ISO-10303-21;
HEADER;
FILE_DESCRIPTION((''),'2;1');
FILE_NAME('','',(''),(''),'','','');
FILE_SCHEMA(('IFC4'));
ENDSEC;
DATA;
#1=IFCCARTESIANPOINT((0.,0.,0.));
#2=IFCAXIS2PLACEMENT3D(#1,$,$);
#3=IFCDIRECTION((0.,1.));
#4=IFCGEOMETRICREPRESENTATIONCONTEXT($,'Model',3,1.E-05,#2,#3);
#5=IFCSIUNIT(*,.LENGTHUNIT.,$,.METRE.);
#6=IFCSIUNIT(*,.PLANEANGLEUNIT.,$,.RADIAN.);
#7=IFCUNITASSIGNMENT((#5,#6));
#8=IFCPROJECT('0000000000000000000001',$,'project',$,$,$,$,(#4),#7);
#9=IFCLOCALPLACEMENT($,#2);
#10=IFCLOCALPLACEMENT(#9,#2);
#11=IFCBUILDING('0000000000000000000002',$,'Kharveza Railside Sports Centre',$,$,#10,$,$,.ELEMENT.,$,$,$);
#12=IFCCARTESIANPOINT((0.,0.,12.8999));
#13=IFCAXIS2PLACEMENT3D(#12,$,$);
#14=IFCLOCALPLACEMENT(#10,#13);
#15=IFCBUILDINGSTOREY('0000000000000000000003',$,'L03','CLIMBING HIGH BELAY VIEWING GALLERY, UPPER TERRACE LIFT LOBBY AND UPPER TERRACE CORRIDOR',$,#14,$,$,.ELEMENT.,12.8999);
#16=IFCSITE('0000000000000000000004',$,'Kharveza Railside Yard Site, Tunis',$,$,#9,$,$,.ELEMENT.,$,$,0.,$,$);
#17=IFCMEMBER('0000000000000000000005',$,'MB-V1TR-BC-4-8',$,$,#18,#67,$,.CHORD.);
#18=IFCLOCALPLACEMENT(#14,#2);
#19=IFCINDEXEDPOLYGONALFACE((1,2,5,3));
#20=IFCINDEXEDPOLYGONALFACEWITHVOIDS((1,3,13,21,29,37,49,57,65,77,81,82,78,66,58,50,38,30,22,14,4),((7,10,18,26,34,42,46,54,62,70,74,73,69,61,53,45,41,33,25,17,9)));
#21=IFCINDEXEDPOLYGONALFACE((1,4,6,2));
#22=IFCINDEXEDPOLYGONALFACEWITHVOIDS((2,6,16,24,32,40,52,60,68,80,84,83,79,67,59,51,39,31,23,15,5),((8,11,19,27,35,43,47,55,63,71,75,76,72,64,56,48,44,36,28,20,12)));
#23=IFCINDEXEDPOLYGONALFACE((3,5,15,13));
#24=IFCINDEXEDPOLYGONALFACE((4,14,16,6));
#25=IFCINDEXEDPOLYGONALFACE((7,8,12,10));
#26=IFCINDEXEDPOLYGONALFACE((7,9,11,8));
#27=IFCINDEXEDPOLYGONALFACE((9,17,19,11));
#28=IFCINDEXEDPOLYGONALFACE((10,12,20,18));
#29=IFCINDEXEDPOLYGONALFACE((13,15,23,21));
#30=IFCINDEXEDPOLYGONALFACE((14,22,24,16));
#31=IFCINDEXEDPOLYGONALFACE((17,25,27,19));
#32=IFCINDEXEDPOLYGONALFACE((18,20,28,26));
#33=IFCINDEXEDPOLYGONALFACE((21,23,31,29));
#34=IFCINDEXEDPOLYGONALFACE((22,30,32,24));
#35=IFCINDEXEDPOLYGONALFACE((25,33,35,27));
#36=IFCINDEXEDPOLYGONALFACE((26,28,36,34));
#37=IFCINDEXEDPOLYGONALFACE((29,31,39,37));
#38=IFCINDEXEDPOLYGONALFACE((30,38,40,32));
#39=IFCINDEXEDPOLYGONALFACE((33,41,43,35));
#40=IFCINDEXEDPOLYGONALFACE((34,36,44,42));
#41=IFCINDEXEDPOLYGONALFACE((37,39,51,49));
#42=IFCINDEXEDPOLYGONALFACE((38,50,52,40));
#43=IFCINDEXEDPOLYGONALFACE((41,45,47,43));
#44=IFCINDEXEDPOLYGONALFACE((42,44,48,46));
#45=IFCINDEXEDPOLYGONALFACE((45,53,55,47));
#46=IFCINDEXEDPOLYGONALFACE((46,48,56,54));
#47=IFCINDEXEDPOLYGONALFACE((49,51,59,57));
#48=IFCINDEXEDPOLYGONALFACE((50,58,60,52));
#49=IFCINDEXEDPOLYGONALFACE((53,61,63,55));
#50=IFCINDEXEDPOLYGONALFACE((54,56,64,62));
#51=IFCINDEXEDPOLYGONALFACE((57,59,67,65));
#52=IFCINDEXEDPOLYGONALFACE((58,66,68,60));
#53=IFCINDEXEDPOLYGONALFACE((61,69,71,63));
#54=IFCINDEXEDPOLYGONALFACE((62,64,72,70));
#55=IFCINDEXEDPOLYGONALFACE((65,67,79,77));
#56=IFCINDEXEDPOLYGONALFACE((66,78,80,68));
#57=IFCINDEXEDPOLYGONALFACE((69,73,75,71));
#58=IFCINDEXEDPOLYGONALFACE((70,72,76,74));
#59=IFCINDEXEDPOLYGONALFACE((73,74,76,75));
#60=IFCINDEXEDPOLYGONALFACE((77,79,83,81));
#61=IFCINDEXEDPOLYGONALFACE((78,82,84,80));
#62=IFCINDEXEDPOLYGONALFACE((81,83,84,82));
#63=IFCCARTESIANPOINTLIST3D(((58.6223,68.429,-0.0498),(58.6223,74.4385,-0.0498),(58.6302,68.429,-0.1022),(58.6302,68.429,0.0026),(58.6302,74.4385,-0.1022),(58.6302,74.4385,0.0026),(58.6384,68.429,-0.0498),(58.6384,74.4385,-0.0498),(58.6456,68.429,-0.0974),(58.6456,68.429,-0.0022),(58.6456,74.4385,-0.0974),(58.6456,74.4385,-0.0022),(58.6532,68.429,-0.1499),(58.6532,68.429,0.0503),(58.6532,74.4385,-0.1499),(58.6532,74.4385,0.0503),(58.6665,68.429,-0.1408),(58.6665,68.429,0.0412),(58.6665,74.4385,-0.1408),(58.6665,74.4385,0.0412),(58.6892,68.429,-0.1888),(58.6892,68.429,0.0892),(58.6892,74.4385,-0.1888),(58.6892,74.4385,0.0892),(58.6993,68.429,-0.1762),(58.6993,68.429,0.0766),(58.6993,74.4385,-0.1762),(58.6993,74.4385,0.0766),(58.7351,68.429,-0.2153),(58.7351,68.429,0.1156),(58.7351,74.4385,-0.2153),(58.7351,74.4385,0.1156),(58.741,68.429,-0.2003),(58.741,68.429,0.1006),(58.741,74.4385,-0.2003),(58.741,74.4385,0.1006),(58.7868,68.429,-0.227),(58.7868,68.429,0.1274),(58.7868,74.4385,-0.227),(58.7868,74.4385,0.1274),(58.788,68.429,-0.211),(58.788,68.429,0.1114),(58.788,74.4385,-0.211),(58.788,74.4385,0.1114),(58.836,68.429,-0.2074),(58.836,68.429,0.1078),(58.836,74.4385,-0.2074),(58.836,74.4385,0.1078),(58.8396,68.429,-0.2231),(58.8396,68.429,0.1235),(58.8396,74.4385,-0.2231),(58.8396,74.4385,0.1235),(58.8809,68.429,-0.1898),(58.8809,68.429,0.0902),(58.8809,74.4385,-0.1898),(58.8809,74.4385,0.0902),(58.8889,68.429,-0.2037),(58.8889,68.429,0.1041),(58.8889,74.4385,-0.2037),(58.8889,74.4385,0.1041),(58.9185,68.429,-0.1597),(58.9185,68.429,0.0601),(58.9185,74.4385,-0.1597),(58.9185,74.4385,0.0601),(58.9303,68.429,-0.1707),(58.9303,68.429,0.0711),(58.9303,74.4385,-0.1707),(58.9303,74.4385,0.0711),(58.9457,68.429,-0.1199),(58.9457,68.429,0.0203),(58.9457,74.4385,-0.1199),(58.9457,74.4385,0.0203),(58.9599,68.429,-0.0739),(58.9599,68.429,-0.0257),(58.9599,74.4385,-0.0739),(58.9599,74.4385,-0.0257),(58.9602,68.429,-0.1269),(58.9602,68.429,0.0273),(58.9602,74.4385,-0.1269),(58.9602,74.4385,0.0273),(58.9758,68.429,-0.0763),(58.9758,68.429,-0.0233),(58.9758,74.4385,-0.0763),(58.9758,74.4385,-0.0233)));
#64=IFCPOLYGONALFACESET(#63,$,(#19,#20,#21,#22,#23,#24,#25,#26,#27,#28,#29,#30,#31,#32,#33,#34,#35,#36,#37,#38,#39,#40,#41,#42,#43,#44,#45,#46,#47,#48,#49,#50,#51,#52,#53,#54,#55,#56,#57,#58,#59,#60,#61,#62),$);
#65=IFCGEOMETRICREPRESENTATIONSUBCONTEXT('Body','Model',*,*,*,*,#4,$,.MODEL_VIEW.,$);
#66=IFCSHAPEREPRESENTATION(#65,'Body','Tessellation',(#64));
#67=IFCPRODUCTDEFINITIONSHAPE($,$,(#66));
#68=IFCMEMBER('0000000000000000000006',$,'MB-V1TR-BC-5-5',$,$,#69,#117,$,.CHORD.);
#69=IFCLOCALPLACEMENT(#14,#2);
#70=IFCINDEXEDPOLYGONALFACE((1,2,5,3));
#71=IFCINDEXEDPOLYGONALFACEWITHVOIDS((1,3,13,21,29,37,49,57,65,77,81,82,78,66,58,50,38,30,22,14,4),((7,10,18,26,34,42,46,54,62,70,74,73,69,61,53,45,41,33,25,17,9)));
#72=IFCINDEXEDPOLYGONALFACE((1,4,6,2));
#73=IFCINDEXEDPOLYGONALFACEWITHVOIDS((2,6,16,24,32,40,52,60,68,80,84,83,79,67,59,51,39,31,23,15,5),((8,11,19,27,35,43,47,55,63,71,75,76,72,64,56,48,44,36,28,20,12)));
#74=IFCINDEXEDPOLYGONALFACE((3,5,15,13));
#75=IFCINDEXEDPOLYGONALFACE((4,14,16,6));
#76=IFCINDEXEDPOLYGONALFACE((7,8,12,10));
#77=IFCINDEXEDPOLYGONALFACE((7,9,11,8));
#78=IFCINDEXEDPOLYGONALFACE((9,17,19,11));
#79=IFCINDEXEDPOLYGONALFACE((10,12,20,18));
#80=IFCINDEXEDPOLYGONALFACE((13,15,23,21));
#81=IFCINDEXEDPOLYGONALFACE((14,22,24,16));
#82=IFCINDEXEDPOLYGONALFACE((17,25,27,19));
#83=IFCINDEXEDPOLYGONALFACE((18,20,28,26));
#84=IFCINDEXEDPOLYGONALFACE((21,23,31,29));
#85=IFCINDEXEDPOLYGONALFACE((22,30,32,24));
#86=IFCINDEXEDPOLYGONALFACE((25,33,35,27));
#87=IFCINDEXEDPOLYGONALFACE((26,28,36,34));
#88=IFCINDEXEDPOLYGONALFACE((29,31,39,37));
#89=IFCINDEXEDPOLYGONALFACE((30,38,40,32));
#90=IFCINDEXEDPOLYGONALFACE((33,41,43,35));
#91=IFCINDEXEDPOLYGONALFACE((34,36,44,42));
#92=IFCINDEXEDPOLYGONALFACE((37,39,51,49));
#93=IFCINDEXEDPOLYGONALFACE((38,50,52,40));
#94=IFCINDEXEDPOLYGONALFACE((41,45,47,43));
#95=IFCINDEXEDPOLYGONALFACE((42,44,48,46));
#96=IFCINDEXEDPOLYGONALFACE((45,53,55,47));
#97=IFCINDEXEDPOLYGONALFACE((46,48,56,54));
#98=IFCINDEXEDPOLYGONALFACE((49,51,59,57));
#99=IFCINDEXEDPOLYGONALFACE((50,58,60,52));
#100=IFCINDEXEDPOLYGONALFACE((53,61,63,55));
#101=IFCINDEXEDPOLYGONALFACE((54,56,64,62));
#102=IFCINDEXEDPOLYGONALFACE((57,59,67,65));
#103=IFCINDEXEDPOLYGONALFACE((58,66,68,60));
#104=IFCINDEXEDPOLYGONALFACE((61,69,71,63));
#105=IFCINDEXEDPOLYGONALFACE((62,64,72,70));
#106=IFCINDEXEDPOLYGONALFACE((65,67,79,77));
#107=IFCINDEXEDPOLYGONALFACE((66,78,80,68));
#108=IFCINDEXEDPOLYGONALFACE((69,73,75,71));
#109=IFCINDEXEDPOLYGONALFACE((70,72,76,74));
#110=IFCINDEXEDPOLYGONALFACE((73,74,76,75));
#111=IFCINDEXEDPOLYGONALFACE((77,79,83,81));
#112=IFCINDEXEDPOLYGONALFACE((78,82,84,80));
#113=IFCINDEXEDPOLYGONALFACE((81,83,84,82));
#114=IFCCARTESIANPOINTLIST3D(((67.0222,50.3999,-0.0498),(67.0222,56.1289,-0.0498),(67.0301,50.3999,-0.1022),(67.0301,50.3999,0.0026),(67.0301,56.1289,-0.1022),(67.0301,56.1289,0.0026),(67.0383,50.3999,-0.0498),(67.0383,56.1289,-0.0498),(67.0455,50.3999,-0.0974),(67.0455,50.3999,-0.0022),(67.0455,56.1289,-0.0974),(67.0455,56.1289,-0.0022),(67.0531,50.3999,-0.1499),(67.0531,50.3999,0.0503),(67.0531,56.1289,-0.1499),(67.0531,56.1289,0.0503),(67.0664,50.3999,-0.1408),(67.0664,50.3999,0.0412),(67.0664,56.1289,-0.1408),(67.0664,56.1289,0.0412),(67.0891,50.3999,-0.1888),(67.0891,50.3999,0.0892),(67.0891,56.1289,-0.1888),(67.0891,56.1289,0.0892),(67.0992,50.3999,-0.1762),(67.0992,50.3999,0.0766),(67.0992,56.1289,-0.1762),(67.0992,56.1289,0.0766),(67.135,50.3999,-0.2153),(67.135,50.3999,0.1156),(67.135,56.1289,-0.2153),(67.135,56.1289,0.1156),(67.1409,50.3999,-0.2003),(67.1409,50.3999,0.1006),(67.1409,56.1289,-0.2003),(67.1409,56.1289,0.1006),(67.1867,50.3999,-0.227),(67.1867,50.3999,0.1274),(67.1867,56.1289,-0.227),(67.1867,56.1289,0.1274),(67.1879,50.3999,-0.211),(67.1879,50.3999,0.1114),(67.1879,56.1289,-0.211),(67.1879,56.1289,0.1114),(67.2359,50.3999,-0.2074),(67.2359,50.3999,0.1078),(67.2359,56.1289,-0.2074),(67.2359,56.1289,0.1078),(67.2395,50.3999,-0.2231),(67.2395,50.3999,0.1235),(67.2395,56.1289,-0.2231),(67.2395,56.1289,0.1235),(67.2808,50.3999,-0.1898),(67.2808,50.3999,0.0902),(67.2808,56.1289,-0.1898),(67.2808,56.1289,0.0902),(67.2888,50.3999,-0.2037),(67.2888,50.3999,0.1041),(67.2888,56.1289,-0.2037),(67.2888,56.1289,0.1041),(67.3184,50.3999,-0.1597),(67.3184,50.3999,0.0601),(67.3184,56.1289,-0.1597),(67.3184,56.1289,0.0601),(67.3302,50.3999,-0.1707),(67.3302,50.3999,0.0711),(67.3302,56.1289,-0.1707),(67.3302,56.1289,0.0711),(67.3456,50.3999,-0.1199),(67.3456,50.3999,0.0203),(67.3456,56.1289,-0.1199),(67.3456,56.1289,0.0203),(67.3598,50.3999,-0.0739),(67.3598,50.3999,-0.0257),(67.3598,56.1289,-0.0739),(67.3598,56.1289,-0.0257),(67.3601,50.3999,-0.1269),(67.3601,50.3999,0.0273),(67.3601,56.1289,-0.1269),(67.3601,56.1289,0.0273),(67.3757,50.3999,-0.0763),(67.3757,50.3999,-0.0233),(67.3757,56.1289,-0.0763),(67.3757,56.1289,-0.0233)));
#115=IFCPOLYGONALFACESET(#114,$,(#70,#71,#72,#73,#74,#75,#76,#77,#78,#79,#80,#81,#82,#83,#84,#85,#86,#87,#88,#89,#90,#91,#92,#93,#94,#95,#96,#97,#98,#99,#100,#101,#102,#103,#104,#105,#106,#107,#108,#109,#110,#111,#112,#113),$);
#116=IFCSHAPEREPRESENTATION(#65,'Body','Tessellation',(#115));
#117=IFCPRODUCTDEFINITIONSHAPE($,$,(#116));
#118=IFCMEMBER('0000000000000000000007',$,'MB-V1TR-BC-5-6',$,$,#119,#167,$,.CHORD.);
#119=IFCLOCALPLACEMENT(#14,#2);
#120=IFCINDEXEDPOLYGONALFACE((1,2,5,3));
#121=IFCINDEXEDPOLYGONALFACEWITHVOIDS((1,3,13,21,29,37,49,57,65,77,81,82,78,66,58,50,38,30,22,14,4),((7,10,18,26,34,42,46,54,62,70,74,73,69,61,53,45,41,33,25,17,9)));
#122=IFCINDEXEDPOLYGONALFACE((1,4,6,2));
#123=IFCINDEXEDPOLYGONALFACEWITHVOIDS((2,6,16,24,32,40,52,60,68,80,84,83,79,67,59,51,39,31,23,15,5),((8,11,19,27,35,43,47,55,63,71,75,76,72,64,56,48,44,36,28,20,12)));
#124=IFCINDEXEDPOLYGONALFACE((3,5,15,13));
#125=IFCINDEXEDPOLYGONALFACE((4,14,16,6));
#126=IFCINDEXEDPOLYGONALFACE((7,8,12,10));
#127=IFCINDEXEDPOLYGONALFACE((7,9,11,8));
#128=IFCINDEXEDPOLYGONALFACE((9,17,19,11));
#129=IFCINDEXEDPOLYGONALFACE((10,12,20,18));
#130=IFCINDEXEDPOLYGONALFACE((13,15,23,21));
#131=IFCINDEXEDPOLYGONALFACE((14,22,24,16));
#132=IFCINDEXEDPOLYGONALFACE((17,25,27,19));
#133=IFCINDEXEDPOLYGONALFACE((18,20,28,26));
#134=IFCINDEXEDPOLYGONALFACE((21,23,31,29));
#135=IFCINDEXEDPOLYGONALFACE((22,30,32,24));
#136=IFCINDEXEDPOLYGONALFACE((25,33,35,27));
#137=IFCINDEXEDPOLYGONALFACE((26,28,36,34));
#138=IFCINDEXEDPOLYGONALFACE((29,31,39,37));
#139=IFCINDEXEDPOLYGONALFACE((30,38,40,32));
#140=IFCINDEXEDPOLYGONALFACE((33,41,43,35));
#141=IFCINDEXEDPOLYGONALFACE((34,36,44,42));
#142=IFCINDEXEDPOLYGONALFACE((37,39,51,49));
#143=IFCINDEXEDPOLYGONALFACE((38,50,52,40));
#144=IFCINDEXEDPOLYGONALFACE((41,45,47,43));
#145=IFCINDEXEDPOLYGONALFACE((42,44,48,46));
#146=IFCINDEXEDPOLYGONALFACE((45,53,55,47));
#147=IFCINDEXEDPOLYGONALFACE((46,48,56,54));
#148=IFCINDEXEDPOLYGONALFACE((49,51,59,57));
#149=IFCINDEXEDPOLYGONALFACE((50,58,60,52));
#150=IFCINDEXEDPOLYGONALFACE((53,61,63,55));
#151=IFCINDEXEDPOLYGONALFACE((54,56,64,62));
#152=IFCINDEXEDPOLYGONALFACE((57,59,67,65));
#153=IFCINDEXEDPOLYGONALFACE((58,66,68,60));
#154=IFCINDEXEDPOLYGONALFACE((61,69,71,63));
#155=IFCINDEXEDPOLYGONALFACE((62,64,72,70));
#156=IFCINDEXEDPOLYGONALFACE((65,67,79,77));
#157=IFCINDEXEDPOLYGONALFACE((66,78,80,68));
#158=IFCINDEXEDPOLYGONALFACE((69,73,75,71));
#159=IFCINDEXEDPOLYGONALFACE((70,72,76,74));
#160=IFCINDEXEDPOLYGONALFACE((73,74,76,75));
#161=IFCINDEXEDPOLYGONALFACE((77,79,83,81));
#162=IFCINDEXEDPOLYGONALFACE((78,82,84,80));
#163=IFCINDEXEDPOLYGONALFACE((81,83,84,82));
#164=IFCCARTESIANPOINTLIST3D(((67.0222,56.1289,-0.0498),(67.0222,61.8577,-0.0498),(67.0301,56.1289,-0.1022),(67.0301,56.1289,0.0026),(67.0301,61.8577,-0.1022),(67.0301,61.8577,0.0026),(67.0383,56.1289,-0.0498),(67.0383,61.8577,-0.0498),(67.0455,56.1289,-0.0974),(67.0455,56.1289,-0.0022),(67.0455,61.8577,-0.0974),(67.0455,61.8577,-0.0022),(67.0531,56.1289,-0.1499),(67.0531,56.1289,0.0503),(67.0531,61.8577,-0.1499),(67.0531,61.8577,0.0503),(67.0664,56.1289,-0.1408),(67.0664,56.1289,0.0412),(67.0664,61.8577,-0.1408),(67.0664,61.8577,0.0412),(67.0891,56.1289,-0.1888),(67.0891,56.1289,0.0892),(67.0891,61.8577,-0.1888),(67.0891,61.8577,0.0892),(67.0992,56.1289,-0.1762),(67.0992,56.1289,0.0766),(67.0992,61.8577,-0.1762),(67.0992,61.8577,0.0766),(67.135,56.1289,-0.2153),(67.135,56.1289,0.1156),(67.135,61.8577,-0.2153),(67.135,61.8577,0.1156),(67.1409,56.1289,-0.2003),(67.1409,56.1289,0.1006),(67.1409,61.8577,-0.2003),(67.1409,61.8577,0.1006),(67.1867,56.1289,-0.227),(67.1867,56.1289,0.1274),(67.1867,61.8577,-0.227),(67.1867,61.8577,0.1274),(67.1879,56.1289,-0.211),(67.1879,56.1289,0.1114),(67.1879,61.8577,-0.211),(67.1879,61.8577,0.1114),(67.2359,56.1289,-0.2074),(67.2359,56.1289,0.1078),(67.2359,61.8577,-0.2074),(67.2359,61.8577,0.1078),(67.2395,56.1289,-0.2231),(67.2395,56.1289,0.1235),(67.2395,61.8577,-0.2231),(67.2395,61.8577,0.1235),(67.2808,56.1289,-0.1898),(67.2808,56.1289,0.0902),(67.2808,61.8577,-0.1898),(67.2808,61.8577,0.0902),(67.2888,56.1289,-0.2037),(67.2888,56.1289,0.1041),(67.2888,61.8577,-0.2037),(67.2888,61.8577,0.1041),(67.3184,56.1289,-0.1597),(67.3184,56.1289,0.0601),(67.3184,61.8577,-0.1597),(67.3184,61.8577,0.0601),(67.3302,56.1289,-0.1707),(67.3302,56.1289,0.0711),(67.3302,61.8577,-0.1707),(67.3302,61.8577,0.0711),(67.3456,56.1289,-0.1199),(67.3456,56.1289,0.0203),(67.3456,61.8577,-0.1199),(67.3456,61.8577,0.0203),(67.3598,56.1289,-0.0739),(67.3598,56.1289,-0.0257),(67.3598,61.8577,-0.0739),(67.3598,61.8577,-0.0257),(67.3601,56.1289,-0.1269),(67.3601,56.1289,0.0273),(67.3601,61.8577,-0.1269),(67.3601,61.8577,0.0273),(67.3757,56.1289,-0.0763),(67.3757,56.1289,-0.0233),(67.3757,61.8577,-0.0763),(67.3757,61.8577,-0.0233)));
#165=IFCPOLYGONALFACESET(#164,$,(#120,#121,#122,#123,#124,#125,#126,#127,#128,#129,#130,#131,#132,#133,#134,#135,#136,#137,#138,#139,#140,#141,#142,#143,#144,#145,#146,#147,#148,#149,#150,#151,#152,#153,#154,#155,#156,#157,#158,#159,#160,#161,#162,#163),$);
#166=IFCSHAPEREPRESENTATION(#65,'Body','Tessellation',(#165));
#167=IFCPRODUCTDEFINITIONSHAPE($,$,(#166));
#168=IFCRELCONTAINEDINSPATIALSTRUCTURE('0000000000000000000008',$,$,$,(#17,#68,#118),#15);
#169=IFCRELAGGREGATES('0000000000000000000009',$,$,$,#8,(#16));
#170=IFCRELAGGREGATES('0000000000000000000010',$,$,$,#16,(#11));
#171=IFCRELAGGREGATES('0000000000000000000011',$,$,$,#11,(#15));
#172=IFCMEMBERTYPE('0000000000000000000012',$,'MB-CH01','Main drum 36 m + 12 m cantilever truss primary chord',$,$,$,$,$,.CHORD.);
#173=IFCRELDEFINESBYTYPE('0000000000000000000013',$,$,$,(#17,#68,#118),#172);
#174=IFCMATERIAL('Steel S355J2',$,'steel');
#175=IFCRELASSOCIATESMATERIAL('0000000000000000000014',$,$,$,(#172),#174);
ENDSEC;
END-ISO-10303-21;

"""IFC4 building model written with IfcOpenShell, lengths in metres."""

from ifc_helpers import new_model, si_unit, direction, frame, origin, origin_2d, place, context, subcontext, project, spatial, hollow_circle, extrude, material, material_profile, profile_set, type_object, element, save


model = new_model("IFC4")

# Units and contexts
model_context = context("Model", 3, precision=1e-05, world=origin(), true_north=direction((0.0, 1.0)))
body_context = subcontext(model_context, "Body", "Model", "MODEL_VIEW")
ifc_project = project(units=[si_unit("LENGTHUNIT", "METRE"), si_unit("PLANEANGLEUNIT", "RADIAN")], contexts=[model_context])

# Site, building, storey
site_placement = place(None, origin())
site = spatial("IfcSite", under=ifc_project, at=site_placement, Name="Kharveza Railside Yard Site, Tunis", CompositionType="ELEMENT", RefElevation=0.0)
building_placement = place(site_placement, origin())
building = spatial("IfcBuilding", under=site, at=building_placement, Name="Kharveza Railside Sports Centre", CompositionType="ELEMENT")
storey_placement = place(building_placement, frame((0.0, 0.0, 12.8999)))
storey = spatial("IfcBuildingStorey", under=building, at=storey_placement, Name="L03", Description="CLIMBING HIGH BELAY VIEWING GALLERY, UPPER TERRACE LIFT LOBBY AND UPPER TERRACE CORRIDOR", CompositionType="ELEMENT", Elevation=12.8999)

# Members
ifc_material = material(Name="Steel S355J2", Category="steel")
ifc_material_profile_1 = material_profile(ifc_material, hollow_circle(Radius=0.1777, WallThickness=0.0161, at=origin_2d()), Name="CHS 355.6x16.0")
ifc_profile_set_1 = profile_set([ifc_material_profile_1], Name="Steel S355J2")
member_type_1 = type_object("IfcMemberType", Name="MB-CH01", Description="Main drum 36 m + 12 m cantilever truss primary chord", PredefinedType="CHORD", material=ifc_profile_set_1)
member_1_placement = place(storey_placement, frame((58.8, 68.429, -0.0498), z_axis=(0.0, 1.0, 0.0), x_axis=(-1.0, 0.0, 0.0)))
element("IfcMember", 1, at=member_1_placement, inside=storey, type_object=member_type_1, Name="MB-V1TR-BC-4-8", PredefinedType="CHORD", context=body_context, shape_type="SweptSolid", body=[
    extrude(hollow_circle(Radius=0.1777, WallThickness=0.0161, at=origin_2d()), origin(), (0.0, 0.0, 1.0), 6.0095),
])
member_2_placement = place(storey_placement, frame((67.2, 50.3999, -0.0498), z_axis=(0.0, 1.0, 0.0), x_axis=(-1.0, 0.0, 0.0)))
element("IfcMember", 2, at=member_2_placement, inside=storey, type_object=member_type_1, Name="MB-V1TR-BC-5-5", PredefinedType="CHORD", context=body_context, shape_type="SweptSolid", body=[
    extrude(hollow_circle(Radius=0.1777, WallThickness=0.0161, at=origin_2d()), origin(), (0.0, 0.0, 1.0), 5.729),
])
for number, where, z_axis, x_axis, name in (
    (3, (67.2, 56.1289, -0.0498), (0.0, 1.0, 0.0), (-1.0, 0.0, 0.0), "MB-V1TR-BC-5-6"),
):
    element("IfcMember", number, at=place(storey_placement, frame(where, z_axis=z_axis, x_axis=x_axis)), inside=storey, type_object=member_type_1, Name=name, PredefinedType="CHORD", context=body_context, shape_type="SweptSolid", body=[
        extrude(hollow_circle(Radius=0.1777, WallThickness=0.0161, at=origin_2d()), origin(), (0.0, 0.0, 1.0), 5.7288),
    ])

save(model, "model.ifc")
